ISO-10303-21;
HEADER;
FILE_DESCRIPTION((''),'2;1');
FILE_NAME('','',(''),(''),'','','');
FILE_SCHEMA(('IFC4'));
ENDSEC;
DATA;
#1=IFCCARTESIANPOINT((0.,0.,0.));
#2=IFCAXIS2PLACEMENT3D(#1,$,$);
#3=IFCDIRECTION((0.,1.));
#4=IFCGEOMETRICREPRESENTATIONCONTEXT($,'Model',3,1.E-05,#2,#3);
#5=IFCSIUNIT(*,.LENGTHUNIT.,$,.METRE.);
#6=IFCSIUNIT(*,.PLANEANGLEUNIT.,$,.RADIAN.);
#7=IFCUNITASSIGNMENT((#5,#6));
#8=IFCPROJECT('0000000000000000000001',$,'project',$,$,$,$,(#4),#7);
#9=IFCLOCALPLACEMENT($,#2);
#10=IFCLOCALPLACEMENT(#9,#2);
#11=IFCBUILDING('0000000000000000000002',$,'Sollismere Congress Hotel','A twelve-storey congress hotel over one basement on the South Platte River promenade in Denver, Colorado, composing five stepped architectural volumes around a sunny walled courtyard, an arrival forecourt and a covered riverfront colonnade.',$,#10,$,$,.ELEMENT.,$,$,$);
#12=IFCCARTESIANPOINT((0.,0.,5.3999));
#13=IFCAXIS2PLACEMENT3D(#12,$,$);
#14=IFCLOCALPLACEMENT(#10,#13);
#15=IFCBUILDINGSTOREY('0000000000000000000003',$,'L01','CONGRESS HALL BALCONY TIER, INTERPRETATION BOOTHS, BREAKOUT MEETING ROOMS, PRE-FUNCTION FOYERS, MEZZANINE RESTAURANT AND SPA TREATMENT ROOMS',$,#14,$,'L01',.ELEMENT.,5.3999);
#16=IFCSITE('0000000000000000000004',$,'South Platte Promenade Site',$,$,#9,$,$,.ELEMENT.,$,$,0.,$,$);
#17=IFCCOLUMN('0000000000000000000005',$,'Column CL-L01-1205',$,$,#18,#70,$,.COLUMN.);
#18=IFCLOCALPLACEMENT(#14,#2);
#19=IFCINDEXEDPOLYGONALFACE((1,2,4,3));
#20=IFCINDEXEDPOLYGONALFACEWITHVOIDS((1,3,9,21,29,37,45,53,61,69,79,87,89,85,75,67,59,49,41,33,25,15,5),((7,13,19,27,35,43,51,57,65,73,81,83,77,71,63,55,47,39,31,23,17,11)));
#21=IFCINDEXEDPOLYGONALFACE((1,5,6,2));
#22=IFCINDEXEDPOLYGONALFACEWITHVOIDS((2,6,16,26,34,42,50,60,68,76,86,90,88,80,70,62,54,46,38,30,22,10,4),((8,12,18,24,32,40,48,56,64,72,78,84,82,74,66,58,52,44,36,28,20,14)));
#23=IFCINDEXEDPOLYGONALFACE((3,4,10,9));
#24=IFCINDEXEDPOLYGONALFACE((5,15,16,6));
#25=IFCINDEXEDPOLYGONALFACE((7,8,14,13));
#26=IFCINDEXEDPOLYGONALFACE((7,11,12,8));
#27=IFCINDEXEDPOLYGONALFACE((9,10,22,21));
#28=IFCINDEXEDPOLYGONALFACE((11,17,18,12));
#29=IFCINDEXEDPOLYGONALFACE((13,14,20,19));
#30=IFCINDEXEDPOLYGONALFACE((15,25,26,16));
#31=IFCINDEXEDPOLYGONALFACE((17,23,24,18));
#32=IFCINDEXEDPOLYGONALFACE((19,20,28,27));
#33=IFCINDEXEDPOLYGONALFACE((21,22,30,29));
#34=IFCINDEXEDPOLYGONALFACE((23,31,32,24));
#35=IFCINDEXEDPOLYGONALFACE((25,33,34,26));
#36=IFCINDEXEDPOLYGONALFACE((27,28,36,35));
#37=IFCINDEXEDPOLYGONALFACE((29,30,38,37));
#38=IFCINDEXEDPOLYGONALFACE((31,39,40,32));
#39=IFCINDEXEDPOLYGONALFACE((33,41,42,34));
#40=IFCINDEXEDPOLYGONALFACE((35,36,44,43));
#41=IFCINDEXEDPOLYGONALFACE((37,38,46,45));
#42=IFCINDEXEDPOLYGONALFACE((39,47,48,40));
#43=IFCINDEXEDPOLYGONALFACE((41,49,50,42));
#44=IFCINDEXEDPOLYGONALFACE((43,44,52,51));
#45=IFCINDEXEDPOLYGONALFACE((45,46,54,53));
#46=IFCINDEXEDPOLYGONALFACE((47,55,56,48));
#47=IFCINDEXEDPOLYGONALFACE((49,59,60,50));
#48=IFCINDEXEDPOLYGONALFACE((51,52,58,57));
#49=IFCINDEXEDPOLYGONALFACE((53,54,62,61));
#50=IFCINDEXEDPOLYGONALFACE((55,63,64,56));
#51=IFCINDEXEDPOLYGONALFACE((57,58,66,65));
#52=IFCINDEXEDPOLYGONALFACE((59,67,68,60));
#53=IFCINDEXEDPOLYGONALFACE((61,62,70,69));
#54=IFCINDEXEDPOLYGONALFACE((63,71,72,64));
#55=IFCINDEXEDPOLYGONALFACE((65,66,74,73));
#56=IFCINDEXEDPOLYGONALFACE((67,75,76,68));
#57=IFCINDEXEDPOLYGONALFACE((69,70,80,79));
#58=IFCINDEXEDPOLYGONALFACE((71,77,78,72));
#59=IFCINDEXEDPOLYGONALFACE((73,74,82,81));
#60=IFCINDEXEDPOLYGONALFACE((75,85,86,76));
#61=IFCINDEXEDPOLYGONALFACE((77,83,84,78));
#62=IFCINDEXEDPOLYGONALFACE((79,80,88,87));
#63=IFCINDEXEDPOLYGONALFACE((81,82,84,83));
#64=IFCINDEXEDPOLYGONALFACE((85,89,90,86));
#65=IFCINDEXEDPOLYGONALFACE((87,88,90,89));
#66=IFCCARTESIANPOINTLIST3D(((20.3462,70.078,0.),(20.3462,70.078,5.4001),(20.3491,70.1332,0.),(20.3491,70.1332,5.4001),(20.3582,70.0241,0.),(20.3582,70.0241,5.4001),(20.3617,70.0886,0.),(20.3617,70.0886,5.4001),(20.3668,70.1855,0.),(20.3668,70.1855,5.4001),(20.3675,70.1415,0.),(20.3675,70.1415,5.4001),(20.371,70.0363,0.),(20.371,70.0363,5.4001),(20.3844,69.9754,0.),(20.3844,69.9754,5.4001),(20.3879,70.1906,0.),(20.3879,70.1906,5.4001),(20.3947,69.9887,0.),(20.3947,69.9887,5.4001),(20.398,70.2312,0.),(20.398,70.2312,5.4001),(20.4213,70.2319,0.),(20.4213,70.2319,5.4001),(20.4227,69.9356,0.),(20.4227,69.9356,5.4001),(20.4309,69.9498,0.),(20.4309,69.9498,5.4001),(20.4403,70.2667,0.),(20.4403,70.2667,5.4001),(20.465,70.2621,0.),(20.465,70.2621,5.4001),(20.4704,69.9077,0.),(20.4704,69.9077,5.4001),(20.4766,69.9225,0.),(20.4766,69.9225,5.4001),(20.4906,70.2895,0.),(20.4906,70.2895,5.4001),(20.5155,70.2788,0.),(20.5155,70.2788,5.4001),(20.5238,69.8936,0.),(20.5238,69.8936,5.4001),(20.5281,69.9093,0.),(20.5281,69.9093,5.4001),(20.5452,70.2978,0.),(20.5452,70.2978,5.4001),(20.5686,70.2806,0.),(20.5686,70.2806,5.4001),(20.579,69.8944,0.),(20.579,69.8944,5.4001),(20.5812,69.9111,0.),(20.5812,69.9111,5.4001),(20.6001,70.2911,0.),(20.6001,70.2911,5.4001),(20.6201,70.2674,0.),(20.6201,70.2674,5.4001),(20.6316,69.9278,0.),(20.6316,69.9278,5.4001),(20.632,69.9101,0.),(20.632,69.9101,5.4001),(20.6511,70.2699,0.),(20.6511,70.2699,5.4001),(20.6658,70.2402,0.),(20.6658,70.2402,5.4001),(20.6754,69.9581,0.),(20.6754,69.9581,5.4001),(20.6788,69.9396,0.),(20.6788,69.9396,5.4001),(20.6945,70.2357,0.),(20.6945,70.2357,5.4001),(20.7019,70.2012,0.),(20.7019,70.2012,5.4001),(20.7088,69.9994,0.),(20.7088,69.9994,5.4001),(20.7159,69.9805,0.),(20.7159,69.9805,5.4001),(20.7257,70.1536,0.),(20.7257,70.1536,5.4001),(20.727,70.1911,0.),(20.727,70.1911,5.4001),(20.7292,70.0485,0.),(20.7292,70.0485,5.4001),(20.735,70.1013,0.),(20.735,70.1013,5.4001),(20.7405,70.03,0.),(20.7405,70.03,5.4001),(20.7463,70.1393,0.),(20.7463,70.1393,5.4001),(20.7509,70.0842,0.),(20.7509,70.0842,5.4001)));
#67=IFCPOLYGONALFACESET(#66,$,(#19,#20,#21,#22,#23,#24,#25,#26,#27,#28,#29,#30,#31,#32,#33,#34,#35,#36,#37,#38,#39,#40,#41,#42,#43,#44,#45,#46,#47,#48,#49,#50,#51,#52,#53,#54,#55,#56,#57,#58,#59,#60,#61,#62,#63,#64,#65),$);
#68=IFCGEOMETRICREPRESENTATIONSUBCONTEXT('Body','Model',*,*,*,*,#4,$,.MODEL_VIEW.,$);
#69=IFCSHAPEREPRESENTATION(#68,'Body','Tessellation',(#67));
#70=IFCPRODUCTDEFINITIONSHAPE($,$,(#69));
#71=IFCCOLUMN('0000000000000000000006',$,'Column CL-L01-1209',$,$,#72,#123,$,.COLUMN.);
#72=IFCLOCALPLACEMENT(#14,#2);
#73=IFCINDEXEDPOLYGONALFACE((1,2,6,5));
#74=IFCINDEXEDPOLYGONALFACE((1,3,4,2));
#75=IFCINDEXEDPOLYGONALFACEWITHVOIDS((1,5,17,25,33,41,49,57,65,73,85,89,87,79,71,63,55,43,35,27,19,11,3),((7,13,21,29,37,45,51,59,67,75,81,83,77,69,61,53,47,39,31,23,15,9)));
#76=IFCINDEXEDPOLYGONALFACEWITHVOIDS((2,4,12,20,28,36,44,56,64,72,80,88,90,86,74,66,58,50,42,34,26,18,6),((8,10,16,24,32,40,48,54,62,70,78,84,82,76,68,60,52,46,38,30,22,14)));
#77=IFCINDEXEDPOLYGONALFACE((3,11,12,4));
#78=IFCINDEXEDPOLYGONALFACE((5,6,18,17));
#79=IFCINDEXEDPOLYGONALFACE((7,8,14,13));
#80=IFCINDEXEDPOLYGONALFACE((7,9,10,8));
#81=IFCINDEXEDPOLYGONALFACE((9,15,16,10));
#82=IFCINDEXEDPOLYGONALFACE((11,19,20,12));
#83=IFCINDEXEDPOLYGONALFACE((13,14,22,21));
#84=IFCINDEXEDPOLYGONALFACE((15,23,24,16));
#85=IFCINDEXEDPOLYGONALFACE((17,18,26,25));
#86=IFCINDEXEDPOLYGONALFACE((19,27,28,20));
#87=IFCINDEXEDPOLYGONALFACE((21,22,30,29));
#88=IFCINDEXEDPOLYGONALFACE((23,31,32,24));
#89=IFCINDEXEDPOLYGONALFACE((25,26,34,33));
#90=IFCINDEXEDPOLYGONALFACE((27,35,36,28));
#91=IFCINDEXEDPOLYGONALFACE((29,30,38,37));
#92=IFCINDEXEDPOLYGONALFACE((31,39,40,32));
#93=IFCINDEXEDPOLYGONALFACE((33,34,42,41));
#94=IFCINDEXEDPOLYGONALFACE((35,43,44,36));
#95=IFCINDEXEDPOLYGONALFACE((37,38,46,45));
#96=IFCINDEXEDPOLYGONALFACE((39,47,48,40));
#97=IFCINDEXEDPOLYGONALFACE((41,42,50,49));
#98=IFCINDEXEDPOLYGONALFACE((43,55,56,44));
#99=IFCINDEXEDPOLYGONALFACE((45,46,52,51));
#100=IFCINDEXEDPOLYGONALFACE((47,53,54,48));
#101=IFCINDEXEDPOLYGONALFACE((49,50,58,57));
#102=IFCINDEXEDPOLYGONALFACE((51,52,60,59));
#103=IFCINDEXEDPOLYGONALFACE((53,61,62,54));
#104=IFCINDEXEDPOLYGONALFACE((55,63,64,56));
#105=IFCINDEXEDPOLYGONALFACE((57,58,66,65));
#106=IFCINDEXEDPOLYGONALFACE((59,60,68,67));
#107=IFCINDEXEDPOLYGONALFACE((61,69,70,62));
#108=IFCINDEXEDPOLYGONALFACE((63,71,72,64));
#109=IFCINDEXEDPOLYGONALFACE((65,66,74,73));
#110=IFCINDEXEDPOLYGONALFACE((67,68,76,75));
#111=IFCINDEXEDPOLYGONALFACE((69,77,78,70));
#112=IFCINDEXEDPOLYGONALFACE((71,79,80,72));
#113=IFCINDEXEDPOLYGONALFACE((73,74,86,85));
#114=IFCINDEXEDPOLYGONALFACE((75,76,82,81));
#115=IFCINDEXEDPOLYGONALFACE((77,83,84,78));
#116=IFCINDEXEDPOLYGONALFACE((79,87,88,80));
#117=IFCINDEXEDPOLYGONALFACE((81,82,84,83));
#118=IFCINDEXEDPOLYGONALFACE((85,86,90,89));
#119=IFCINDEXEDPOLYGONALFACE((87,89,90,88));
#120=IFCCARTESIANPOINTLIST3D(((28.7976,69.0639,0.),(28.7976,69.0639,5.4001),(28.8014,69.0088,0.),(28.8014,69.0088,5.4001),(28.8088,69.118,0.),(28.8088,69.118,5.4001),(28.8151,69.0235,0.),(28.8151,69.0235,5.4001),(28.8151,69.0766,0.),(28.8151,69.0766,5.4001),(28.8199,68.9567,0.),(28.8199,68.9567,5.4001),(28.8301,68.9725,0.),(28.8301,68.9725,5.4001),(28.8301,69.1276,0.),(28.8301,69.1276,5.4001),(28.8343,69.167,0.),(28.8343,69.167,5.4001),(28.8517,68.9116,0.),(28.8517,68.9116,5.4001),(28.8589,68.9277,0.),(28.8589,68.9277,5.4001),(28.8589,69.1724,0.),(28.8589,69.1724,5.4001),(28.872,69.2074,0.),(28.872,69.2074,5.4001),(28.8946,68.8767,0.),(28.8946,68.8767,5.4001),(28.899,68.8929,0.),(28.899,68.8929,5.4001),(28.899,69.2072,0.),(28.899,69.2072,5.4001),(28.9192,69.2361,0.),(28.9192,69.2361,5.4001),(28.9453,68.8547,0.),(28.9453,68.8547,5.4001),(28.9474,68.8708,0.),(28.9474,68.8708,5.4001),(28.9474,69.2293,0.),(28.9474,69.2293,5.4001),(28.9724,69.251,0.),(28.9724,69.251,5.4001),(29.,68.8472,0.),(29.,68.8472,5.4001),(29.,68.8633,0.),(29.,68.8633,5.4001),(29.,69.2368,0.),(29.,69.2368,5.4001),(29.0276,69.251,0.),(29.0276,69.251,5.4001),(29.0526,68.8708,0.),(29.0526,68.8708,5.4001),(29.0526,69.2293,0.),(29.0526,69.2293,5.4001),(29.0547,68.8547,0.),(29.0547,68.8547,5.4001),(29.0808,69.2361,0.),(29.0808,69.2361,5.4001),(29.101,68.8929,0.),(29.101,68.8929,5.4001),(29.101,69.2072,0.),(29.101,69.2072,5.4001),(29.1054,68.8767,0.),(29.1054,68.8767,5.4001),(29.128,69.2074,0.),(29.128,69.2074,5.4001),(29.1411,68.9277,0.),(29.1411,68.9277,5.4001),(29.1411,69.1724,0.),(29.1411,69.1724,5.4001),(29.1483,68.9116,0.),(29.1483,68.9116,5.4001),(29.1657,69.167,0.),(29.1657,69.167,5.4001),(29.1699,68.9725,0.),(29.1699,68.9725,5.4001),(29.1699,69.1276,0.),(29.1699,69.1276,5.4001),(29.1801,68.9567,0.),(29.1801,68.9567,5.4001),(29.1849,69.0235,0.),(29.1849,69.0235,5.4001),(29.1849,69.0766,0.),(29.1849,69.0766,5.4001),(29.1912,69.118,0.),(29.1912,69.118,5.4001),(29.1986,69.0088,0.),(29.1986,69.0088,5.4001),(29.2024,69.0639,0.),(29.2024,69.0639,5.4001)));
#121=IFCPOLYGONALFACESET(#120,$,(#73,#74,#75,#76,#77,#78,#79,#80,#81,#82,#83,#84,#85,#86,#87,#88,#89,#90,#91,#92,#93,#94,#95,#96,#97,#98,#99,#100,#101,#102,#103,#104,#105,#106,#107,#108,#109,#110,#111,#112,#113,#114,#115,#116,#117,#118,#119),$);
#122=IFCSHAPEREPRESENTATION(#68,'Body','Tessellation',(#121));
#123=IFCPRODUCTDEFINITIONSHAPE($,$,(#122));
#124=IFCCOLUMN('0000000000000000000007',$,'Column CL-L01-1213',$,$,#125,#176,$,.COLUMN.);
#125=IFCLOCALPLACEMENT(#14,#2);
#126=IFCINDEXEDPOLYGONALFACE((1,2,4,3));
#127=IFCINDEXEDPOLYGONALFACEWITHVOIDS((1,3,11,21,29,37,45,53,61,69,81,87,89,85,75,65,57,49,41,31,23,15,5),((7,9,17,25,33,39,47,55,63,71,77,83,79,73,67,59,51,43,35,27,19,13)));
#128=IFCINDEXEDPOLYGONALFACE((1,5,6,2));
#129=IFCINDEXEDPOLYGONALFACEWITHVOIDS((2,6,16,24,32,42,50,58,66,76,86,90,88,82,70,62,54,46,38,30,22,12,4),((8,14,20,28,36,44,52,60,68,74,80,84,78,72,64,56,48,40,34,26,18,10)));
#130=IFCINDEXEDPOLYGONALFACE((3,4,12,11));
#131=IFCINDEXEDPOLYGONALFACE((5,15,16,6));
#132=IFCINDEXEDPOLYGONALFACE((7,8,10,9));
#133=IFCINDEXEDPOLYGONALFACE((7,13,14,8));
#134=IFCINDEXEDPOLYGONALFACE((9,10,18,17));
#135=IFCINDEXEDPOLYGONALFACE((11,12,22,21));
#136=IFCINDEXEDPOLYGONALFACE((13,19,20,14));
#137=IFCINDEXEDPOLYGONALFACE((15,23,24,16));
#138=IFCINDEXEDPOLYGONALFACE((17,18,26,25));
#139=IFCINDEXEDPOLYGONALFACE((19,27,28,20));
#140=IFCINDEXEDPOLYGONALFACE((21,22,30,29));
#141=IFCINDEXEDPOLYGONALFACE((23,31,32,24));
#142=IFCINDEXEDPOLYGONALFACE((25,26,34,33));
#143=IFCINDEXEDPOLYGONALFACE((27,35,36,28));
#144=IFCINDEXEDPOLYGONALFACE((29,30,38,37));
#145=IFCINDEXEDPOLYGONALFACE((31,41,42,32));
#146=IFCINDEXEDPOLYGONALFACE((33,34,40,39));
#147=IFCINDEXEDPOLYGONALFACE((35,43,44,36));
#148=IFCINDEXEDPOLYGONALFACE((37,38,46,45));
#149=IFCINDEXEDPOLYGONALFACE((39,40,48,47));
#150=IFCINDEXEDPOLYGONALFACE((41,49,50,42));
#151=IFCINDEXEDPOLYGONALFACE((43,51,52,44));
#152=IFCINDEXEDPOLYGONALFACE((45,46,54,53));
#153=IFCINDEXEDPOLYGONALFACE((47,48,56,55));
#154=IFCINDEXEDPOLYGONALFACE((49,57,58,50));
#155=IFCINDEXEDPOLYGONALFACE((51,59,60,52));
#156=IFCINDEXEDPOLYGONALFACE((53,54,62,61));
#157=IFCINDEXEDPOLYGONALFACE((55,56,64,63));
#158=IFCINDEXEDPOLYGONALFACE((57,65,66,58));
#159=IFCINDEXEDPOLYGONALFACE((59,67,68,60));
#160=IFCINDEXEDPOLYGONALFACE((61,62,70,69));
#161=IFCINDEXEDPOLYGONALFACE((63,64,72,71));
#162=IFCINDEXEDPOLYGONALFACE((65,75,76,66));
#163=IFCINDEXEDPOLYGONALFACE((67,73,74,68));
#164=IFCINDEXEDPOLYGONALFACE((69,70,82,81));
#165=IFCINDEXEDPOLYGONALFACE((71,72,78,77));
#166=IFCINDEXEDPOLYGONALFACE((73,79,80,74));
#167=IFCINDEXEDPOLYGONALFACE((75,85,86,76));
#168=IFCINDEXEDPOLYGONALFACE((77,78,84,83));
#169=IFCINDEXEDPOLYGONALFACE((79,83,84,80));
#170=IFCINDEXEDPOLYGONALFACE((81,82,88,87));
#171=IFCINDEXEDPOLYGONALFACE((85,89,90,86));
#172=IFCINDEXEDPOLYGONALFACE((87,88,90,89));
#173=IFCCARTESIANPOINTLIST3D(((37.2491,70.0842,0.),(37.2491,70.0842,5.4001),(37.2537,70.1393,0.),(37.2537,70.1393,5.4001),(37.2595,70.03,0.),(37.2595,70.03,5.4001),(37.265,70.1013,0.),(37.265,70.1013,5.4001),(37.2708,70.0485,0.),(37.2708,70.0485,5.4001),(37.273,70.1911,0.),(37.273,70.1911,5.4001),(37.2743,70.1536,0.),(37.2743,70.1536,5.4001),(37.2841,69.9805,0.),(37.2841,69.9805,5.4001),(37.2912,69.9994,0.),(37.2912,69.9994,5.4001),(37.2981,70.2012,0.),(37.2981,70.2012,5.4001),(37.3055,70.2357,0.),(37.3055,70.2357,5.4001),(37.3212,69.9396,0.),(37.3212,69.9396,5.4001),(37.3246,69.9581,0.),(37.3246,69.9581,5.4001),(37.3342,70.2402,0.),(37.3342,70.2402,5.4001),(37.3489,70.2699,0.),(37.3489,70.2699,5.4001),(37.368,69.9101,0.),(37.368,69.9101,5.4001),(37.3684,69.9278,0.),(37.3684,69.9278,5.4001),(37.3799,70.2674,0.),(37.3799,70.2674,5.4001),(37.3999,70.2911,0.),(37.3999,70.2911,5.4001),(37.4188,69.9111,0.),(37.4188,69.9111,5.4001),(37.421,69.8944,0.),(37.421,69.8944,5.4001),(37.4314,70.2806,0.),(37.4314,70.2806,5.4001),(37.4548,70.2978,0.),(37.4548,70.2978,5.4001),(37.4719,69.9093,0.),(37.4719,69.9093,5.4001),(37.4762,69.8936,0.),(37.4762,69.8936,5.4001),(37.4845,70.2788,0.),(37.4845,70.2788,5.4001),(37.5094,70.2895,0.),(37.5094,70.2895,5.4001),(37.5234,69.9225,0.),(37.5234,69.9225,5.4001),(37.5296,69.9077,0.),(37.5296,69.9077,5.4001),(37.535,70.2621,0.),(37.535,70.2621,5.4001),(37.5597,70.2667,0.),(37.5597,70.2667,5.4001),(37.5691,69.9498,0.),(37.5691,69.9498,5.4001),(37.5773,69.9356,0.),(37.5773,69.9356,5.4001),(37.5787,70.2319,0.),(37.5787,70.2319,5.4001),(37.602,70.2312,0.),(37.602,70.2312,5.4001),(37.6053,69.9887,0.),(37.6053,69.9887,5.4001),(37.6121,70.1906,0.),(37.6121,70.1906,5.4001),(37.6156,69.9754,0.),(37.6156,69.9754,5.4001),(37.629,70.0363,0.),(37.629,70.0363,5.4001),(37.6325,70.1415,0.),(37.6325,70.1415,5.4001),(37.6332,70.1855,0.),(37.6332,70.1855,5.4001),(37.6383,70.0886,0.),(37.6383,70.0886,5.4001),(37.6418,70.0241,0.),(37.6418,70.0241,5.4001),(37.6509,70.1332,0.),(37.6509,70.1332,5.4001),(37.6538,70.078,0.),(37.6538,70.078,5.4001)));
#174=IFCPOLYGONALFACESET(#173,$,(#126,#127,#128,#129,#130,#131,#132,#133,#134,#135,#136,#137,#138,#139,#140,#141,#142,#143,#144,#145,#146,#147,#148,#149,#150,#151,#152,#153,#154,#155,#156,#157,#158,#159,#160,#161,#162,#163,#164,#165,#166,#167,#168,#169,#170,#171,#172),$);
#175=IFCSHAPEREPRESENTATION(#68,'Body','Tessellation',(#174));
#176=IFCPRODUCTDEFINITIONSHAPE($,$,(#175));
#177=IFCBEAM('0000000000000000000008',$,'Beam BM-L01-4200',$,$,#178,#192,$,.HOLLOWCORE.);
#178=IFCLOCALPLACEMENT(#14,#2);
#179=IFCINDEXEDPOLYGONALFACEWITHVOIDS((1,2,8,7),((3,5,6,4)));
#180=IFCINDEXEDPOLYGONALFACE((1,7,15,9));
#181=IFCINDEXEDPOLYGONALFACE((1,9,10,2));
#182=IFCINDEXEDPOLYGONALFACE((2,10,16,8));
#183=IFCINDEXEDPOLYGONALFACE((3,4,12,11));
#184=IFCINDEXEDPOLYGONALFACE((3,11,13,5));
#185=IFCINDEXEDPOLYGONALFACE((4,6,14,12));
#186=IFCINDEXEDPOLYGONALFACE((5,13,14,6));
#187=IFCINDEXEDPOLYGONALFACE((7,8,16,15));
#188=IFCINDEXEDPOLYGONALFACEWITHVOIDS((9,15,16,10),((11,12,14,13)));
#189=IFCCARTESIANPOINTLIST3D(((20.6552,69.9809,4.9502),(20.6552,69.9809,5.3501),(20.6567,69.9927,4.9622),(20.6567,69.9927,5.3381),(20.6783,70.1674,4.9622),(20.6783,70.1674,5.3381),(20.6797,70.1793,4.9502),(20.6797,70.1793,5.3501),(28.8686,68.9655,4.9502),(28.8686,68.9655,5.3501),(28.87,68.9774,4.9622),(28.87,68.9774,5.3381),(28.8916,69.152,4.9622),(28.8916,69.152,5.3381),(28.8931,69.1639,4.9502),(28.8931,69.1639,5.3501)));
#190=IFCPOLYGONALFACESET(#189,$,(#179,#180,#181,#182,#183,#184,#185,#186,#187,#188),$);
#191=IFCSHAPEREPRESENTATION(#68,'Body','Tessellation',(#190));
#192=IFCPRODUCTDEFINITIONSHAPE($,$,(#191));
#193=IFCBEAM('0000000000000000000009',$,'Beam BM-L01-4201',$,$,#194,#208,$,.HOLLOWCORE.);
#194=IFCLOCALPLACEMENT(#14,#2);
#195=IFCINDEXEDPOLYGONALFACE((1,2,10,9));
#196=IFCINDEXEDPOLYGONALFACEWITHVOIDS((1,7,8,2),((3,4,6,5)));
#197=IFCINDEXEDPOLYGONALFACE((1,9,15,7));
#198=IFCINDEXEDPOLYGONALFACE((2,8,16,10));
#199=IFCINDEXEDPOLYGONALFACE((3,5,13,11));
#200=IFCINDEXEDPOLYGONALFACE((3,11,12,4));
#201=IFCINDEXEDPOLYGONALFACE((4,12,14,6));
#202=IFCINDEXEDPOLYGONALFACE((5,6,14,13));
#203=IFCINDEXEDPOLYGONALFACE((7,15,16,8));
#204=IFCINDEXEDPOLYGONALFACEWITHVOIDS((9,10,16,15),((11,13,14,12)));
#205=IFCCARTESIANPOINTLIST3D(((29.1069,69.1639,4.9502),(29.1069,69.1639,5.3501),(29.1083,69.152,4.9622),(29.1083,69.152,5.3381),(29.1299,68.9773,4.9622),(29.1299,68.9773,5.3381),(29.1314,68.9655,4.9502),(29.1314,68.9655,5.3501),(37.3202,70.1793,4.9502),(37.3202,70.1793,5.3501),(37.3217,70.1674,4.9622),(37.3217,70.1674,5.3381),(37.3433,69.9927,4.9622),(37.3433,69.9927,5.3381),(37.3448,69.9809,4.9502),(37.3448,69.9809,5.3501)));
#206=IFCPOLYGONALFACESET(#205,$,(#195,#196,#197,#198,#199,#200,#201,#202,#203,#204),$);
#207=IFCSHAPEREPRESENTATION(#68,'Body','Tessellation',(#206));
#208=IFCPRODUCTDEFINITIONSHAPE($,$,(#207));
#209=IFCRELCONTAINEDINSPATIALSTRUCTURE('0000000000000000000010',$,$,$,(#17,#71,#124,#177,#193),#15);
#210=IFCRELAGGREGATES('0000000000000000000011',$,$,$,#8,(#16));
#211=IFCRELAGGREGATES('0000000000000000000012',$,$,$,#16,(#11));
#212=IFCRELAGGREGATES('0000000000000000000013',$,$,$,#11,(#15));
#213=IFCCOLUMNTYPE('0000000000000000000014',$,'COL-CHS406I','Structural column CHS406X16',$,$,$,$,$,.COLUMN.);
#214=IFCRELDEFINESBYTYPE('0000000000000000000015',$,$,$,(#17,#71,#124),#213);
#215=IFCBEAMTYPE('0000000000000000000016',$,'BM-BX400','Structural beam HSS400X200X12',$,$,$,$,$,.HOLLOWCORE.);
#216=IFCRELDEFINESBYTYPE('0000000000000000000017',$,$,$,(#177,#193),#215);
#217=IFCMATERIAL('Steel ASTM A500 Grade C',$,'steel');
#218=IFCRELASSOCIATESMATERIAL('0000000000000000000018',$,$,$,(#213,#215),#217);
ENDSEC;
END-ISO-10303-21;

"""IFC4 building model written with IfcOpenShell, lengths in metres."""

from ifc_helpers import new_model, si_unit, direction, frame, origin, origin_2d, place, context, subcontext, project, spatial, hollow_rectangle, hollow_circle, extrude, material, material_profile, profile_set, type_object, element, save


model = new_model("IFC4")

# Units and contexts
model_context = context("Model", 3, precision=1e-05, world=origin(), true_north=direction((0.0, 1.0)))
body_context = subcontext(model_context, "Body", "Model", "MODEL_VIEW")
ifc_project = project(units=[si_unit("LENGTHUNIT", "METRE"), si_unit("PLANEANGLEUNIT", "RADIAN")], contexts=[model_context])

# Site, building, storey
site_placement = place(None, origin())
site = spatial("IfcSite", under=ifc_project, at=site_placement, Name="South Platte Promenade Site", CompositionType="ELEMENT", RefElevation=0.0)
building_placement = place(site_placement, origin())
building = spatial("IfcBuilding", under=site, at=building_placement, Name="Sollismere Congress Hotel", Description="A twelve-storey congress hotel over one basement on the South Platte River promenade in Denver, Colorado, composing five stepped architectural volumes around a sunny walled courtyard, an arrival forecourt and a covered riverfront colonnade.", CompositionType="ELEMENT")
storey_placement = place(building_placement, frame((0.0, 0.0, 5.3999)))
storey = spatial("IfcBuildingStorey", under=building, at=storey_placement, Name="L01", Description="CONGRESS HALL BALCONY TIER, INTERPRETATION BOOTHS, BREAKOUT MEETING ROOMS, PRE-FUNCTION FOYERS, MEZZANINE RESTAURANT AND SPA TREATMENT ROOMS", LongName="L01", CompositionType="ELEMENT", Elevation=5.3999)

# Columns
ifc_material_1 = material(Name="Steel ASTM A500 Grade C", Category="steel")
ifc_material_profile_1 = material_profile(ifc_material_1, hollow_circle(Radius=0.2029, WallThickness=0.0161, at=origin_2d()), Name="CHS406X16")
ifc_profile_set_1 = profile_set([ifc_material_profile_1], Name="Steel ASTM A500 Grade C")
column_type = type_object("IfcColumnType", Name="COL-CHS406I", Description="Structural column CHS406X16", PredefinedType="COLUMN", material=ifc_profile_set_1)
for number, where, z_axis, x_axis, name in (
    (1, (20.5483, 70.095, 0.0), (0.0, 0.0, 1.0), (-0.384295, -0.92321, 0.0), "Column CL-L01-1205"),
    (2, (29.0, 69.05, 0.0), (0.0, 0.0, 1.0), (0.0, -1.0, 0.0), "Column CL-L01-1209"),
    (3, (37.4517, 70.095, 0.0), (0.0, 0.0, 1.0), (0.384295, -0.92321, 0.0), "Column CL-L01-1213"),
):
    element("IfcColumn", number, at=place(storey_placement, frame(where, z_axis=z_axis, x_axis=x_axis)), inside=storey, type_object=column_type, Name=name, PredefinedType="COLUMN", context=body_context, shape_type="SweptSolid", body=[
        extrude(hollow_circle(Radius=0.2029, WallThickness=0.0161, at=origin_2d()), origin(), (0.0, 0.0, 1.0), 5.4001),
    ])

# Beams
ifc_material_profile_2 = material_profile(ifc_material_1, hollow_rectangle(XDim=0.2, YDim=0.3999, WallThickness=0.012, at=origin_2d()), Name="HSS400X200X12")
ifc_profile_set_2 = profile_set([ifc_material_profile_2], Name="Steel ASTM A500 Grade C")
beam_type = type_object("IfcBeamType", Name="BM-BX400", Description="Structural beam HSS400X200X12", PredefinedType="HOLLOWCORE", material=ifc_profile_set_2)
for number, where, z_axis, x_axis, name in (
    (4, (20.6675, 70.0801, 5.1501), (0.992445, -0.122691, 0.0), (0.122691, 0.992445, 0.0), "Beam BM-L01-4200"),
    (5, (29.1191, 69.0647, 5.1501), (0.992445, 0.122691, 0.0), (-0.122691, 0.992445, 0.0), "Beam BM-L01-4201"),
):
    element("IfcBeam", number, at=place(storey_placement, frame(where, z_axis=z_axis, x_axis=x_axis)), inside=storey, type_object=beam_type, Name=name, PredefinedType="HOLLOWCORE", context=body_context, shape_type="SweptSolid", body=[
        extrude(hollow_rectangle(XDim=0.2, YDim=0.3999, WallThickness=0.012, at=origin_2d()), origin(), (0.0, 0.0, 1.0), 8.2759),
    ])

save(model, "model.ifc")
